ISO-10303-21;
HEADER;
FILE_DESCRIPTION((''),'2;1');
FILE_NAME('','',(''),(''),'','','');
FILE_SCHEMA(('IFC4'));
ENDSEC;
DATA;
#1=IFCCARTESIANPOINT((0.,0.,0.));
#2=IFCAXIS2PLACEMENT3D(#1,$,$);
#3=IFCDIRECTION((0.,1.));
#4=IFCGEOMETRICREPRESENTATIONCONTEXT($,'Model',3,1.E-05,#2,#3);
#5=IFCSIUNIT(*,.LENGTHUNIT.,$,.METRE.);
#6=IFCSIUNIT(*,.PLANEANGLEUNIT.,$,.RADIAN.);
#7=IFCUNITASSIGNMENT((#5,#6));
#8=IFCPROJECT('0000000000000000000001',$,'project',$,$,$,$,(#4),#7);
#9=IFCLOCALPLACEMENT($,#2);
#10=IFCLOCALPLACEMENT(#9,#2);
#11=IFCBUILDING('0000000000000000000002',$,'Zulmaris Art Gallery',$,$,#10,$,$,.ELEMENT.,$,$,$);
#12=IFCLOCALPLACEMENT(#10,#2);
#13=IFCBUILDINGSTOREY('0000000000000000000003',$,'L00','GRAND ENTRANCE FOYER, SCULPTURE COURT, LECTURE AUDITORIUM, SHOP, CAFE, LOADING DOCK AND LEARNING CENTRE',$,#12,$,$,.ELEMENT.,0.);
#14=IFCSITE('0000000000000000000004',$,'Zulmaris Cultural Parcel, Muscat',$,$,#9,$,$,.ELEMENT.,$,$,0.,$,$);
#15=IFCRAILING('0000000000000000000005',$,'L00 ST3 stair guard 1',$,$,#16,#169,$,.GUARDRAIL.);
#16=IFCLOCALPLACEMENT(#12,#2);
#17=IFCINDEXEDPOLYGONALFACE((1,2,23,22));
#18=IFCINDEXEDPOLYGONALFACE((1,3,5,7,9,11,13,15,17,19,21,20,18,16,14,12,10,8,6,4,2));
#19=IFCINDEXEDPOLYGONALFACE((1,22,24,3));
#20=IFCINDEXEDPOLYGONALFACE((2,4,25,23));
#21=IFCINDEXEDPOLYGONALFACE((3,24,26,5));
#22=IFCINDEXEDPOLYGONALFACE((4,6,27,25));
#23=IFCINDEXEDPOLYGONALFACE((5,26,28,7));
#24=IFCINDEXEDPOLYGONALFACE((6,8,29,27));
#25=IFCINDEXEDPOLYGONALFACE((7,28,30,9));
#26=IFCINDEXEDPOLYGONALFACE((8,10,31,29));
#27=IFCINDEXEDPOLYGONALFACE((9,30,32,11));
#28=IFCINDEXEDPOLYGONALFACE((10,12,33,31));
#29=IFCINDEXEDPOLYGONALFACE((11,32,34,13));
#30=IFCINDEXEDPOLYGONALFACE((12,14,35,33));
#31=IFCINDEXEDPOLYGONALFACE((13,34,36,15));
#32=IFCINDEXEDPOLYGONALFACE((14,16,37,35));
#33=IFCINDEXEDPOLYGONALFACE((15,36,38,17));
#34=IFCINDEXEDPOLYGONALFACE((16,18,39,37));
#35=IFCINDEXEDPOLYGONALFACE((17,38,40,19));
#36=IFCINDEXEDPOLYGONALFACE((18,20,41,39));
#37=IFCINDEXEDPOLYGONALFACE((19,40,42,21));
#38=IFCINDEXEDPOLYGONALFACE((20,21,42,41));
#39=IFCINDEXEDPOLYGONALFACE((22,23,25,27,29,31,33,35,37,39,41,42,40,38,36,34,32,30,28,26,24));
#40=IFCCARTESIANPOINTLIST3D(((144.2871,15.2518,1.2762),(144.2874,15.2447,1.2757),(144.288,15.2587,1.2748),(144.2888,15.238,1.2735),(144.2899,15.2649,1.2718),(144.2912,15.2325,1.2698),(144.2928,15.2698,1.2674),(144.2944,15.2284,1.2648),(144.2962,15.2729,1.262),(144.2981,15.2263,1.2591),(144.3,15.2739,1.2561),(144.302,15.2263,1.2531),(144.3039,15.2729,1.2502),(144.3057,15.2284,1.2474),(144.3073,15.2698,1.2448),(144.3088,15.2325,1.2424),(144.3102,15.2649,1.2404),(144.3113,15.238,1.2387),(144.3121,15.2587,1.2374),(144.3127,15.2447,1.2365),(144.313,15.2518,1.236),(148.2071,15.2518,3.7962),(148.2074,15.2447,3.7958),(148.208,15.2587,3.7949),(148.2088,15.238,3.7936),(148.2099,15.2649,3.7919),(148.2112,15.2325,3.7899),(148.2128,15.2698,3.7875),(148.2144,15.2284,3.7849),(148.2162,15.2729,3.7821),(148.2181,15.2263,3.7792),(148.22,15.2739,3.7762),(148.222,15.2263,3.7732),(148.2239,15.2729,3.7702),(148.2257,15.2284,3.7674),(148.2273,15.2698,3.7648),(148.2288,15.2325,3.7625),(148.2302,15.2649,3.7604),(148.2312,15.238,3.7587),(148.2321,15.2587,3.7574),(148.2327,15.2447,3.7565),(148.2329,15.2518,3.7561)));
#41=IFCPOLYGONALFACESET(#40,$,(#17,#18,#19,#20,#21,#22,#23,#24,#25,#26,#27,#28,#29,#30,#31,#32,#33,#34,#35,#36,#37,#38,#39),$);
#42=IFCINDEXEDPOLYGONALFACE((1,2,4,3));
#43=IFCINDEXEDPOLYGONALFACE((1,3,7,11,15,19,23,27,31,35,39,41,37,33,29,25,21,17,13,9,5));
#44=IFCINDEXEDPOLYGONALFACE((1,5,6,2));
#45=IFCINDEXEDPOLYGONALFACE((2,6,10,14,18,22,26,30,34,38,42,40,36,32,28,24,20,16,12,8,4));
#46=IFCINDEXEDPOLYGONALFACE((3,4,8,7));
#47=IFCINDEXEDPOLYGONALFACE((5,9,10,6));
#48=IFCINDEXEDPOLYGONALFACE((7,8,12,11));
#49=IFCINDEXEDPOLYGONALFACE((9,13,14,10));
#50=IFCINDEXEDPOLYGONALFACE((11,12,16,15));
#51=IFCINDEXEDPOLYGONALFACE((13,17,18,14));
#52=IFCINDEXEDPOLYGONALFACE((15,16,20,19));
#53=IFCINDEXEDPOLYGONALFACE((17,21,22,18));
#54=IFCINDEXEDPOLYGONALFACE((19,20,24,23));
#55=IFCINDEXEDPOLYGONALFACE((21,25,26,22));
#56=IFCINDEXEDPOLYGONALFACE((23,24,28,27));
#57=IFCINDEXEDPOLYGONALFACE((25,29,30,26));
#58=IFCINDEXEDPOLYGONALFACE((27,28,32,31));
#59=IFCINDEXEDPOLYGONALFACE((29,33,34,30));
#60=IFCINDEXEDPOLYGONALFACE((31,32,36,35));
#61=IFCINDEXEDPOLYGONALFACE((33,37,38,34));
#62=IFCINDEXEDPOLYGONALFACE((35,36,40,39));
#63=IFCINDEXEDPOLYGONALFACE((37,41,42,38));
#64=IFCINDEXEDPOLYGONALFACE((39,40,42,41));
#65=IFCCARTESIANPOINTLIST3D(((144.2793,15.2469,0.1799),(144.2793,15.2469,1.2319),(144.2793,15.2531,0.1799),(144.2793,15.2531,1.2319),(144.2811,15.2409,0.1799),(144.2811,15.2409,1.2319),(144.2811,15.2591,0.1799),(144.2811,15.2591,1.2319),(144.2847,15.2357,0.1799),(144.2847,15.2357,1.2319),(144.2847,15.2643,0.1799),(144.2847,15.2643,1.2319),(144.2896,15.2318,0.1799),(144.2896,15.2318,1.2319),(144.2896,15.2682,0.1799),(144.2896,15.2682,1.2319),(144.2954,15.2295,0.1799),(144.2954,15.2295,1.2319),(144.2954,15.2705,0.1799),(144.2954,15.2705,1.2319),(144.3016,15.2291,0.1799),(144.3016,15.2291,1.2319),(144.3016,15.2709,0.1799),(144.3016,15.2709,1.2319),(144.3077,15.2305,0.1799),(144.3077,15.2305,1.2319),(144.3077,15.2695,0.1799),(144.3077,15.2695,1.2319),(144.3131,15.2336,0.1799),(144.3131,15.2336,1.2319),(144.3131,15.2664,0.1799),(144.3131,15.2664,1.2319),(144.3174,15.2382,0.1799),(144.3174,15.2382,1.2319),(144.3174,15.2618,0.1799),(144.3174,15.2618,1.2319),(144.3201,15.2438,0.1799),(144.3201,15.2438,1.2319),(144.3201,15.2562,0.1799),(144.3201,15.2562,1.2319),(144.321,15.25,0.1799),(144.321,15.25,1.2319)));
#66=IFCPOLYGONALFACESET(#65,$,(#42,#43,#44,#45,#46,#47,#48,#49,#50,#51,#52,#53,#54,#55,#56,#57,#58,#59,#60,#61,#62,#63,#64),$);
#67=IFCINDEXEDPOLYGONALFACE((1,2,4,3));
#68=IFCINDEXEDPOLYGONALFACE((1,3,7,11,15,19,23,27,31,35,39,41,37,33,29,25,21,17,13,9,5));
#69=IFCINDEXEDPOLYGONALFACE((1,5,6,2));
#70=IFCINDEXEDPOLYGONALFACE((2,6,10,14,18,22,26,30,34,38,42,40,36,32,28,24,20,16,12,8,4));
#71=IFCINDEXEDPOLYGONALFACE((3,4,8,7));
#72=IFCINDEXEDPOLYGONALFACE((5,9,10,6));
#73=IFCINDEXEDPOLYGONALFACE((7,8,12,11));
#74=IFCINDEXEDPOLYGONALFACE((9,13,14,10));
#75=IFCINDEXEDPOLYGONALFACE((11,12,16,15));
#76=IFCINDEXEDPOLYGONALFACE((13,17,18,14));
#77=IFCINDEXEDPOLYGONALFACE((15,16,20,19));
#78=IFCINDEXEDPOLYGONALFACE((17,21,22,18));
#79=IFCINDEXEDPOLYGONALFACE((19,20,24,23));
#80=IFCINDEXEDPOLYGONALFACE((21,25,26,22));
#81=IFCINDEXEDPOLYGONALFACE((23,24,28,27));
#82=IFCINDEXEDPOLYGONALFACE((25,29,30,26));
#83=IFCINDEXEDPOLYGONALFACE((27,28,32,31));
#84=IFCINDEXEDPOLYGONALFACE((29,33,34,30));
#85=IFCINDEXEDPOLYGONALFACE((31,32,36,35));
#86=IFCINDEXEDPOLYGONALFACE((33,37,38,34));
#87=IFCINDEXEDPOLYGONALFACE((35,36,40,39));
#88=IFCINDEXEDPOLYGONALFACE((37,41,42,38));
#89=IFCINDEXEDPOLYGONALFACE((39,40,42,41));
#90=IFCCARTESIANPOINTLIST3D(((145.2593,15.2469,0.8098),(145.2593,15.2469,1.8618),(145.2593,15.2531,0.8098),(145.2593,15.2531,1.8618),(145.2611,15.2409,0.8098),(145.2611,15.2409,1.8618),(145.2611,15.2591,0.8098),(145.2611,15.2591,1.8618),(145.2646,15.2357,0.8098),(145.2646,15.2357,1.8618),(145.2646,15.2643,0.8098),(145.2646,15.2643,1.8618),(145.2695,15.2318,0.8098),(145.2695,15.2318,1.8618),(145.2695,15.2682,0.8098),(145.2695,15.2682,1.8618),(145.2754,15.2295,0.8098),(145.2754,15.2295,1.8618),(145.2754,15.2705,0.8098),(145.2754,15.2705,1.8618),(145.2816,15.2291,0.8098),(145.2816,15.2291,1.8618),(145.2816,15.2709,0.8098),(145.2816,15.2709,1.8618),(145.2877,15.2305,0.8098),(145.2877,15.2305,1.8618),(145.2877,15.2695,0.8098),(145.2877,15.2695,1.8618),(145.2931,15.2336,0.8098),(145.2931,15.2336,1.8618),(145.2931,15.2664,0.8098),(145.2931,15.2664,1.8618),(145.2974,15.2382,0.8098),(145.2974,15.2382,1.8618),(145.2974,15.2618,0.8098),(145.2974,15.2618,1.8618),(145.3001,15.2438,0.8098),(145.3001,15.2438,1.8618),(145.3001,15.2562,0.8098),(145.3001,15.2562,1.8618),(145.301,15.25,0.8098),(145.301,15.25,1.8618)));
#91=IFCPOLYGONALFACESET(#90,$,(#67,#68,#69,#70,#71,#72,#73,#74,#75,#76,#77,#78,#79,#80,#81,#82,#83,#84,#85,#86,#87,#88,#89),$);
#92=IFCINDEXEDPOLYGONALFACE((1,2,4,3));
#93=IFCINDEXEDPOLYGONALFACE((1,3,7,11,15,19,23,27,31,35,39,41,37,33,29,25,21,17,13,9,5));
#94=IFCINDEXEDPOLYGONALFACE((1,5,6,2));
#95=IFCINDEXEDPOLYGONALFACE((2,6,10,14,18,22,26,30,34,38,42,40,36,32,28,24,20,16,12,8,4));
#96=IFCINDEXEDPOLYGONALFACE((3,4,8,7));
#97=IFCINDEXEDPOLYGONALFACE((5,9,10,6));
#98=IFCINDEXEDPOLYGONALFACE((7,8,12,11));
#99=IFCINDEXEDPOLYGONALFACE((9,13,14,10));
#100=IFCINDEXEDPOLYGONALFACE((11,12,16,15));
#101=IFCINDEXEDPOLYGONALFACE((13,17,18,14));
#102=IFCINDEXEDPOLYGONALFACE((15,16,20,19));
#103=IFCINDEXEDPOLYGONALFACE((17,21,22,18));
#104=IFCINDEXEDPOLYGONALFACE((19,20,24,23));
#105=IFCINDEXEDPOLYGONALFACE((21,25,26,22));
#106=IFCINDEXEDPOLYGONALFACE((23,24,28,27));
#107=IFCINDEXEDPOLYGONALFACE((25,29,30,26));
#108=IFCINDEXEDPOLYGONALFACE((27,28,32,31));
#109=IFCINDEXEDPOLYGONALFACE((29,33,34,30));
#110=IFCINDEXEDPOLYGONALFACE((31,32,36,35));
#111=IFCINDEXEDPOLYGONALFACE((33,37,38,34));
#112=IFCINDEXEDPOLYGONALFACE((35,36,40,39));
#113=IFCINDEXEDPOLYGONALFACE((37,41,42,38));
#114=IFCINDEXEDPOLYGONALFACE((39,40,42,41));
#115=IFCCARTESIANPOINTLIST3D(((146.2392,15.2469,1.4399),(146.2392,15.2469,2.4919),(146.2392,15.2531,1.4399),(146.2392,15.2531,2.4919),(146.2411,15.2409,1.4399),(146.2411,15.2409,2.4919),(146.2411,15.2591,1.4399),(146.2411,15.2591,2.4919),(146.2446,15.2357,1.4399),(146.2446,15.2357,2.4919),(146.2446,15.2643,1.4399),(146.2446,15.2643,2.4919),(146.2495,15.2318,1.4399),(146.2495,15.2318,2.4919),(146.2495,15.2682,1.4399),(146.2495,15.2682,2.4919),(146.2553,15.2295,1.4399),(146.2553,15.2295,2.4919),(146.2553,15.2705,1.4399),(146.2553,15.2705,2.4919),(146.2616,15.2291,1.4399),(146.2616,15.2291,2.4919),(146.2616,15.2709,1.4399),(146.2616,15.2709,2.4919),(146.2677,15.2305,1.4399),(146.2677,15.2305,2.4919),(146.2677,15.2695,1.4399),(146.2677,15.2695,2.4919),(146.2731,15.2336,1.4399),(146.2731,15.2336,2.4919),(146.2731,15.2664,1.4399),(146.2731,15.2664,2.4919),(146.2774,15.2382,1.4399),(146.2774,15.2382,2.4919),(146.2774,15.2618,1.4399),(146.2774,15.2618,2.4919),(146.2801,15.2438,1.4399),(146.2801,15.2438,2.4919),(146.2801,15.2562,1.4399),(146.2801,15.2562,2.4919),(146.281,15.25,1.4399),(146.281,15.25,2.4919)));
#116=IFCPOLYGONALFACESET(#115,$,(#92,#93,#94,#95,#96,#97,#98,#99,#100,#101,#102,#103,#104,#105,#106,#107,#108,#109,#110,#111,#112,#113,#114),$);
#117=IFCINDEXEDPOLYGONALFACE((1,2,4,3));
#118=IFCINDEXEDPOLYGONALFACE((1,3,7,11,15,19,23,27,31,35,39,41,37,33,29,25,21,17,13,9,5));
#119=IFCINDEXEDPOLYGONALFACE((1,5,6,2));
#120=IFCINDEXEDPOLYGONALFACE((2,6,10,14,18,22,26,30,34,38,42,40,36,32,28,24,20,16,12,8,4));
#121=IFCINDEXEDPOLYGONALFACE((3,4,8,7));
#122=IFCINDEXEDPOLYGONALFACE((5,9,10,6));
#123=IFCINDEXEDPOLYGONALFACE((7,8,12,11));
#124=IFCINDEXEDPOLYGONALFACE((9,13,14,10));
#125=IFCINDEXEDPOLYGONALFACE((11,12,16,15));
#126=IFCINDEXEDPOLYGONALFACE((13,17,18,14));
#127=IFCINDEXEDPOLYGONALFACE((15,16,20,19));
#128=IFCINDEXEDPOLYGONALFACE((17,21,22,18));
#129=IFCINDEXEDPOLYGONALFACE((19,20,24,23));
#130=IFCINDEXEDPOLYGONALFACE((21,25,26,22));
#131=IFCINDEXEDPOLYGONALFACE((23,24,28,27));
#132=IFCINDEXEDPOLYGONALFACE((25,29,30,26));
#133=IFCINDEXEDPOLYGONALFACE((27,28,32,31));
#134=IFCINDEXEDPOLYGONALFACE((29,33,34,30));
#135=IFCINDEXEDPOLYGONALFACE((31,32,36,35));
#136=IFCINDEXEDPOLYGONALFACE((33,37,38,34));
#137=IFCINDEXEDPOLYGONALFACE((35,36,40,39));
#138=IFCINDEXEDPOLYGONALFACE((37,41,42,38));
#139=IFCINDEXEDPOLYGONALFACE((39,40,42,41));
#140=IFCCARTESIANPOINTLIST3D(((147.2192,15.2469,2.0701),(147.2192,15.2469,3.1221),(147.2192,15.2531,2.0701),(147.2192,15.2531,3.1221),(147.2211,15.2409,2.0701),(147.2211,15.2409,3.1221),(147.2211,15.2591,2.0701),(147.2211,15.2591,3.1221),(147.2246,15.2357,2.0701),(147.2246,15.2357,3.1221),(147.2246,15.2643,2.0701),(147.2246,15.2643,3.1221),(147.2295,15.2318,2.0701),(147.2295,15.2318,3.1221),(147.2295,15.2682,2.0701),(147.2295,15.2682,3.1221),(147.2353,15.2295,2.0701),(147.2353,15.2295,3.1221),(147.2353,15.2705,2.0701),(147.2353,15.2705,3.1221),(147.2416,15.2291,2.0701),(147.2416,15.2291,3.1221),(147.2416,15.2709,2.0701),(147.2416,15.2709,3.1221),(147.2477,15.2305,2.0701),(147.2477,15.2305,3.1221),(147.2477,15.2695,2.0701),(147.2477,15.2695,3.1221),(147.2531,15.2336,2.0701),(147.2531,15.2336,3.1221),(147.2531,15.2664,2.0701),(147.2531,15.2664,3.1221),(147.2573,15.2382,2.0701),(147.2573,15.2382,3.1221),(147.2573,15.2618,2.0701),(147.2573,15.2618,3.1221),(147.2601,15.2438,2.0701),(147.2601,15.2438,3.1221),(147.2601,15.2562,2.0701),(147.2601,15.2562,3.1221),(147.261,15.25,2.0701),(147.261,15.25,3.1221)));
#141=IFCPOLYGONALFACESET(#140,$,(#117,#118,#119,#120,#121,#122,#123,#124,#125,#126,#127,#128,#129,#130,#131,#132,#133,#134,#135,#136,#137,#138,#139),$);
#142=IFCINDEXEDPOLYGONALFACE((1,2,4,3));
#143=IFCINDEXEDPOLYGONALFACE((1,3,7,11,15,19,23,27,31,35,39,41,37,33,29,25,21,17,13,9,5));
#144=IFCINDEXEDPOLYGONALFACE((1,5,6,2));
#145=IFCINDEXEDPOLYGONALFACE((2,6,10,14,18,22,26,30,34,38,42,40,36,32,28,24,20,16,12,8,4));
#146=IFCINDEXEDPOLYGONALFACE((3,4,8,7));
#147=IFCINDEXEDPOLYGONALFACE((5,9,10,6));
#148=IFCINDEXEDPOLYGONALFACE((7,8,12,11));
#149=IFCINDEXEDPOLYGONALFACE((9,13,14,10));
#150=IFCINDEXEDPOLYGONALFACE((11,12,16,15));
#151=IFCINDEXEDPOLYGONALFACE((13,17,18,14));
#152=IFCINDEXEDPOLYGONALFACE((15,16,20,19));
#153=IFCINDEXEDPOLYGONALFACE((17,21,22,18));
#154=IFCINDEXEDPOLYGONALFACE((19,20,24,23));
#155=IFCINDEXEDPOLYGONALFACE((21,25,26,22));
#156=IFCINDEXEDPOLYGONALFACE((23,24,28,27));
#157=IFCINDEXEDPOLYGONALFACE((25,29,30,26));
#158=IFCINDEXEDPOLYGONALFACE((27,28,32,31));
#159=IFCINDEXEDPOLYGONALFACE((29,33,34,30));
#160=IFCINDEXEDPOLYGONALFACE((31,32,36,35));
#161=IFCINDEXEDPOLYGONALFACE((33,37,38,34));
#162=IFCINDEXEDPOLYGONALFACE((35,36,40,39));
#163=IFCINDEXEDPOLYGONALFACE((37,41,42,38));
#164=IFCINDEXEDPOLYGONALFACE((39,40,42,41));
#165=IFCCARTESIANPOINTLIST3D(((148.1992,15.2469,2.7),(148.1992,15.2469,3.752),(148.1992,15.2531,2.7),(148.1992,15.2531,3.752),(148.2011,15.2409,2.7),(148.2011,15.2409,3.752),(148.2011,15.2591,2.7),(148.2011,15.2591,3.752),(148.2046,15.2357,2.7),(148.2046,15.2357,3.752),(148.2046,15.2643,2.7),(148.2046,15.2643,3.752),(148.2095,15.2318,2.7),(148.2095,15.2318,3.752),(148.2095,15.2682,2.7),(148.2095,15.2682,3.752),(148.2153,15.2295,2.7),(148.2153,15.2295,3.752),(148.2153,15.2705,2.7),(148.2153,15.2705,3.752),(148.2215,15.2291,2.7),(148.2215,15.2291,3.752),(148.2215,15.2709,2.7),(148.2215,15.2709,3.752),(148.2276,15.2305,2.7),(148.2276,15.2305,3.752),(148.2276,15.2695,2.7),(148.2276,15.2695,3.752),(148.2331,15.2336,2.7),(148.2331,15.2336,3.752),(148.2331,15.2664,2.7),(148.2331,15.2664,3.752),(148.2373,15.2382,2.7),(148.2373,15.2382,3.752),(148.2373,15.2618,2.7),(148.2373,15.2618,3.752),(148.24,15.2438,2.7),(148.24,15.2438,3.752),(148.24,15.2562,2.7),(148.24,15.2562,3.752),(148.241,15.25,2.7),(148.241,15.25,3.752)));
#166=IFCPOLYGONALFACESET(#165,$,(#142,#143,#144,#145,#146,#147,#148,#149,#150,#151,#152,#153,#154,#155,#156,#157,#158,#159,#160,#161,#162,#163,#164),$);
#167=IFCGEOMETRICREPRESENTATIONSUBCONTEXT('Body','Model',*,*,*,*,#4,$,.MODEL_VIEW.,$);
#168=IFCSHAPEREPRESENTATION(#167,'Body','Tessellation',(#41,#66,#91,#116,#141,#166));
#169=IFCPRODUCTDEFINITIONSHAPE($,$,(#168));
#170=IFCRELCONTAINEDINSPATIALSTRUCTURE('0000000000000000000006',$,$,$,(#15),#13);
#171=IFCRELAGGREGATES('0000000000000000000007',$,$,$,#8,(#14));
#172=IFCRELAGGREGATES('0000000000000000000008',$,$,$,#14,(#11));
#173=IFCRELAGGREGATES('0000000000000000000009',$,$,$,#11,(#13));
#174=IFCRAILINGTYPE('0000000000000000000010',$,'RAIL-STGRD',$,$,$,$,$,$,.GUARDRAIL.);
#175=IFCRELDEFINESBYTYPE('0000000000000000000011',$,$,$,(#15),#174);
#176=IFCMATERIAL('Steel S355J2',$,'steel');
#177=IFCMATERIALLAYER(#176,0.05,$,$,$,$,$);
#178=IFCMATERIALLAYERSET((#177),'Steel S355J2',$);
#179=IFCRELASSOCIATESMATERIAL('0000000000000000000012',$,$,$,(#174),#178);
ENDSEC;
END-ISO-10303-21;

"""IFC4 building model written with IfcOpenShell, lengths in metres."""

from ifc_helpers import new_model, si_unit, direction, frame, origin, origin_2d, place, context, subcontext, project, spatial, circle, extrude, material, layer, layer_set, type_object, element, save


model = new_model("IFC4")

# Units and contexts
model_context = context("Model", 3, precision=1e-05, world=origin(), true_north=direction((0.0, 1.0)))
body_context = subcontext(model_context, "Body", "Model", "MODEL_VIEW")
ifc_project = project(units=[si_unit("LENGTHUNIT", "METRE"), si_unit("PLANEANGLEUNIT", "RADIAN")], contexts=[model_context])

# Site, building, storey
site_placement = place(None, origin())
site = spatial("IfcSite", under=ifc_project, at=site_placement, Name="Zulmaris Cultural Parcel, Muscat", CompositionType="ELEMENT", RefElevation=0.0)
building_placement = place(site_placement, origin())
building = spatial("IfcBuilding", under=site, at=building_placement, Name="Zulmaris Art Gallery", CompositionType="ELEMENT")
storey_placement = place(building_placement, origin())
storey = spatial("IfcBuildingStorey", under=building, at=storey_placement, Name="L00", Description="GRAND ENTRANCE FOYER, SCULPTURE COURT, LECTURE AUDITORIUM, SHOP, CAFE, LOADING DOCK AND LEARNING CENTRE", CompositionType="ELEMENT", Elevation=0.0)

# Shared definitions
ifc_material_1 = material(Name="Steel S355J2", Category="steel")

# Railing
ifc_layer_1 = layer(ifc_material_1, 0.05)
ifc_layer_set_1 = layer_set([ifc_layer_1], Name="Steel S355J2")
railing_type_1 = type_object("IfcRailingType", Name="RAIL-STGRD", PredefinedType="GUARDRAIL", material=ifc_layer_set_1)
railing_1_placement = place(storey_placement, frame((144.3, 15.25, 0.1799)))
element("IfcRailing", 1, at=railing_1_placement, inside=storey, type_object=railing_type_1, Name="L00 ST3 stair guard 1", PredefinedType="GUARDRAIL", context=body_context, shape_type="SweptSolid", body=[
    extrude(circle(Radius=0.0239, at=origin_2d()), frame((0.0, 0.0, 1.0762), z_axis=(0.841172, 0.0, 0.540768), x_axis=(0.0, 1.0, 0.0)), (0.0, 0.0, 1.0), 4.6602),
    extrude(circle(Radius=0.021, at=origin_2d()), origin(), (0.0, 0.0, 1.0), 1.052),
    extrude(circle(Radius=0.021, at=origin_2d()), frame((0.98, 0.0, 0.6299)), (0.0, 0.0, 1.0), 1.052),
    extrude(circle(Radius=0.021, at=origin_2d()), frame((1.96, 0.0, 1.26)), (0.0, 0.0, 1.0), 1.052),
    extrude(circle(Radius=0.021, at=origin_2d()), frame((2.9399, 0.0, 1.8901)), (0.0, 0.0, 1.0), 1.052),
    extrude(circle(Radius=0.021, at=origin_2d()), frame((3.9199, 0.0, 2.52)), (0.0, 0.0, 1.0), 1.052),
])

save(model, "model.ifc")
